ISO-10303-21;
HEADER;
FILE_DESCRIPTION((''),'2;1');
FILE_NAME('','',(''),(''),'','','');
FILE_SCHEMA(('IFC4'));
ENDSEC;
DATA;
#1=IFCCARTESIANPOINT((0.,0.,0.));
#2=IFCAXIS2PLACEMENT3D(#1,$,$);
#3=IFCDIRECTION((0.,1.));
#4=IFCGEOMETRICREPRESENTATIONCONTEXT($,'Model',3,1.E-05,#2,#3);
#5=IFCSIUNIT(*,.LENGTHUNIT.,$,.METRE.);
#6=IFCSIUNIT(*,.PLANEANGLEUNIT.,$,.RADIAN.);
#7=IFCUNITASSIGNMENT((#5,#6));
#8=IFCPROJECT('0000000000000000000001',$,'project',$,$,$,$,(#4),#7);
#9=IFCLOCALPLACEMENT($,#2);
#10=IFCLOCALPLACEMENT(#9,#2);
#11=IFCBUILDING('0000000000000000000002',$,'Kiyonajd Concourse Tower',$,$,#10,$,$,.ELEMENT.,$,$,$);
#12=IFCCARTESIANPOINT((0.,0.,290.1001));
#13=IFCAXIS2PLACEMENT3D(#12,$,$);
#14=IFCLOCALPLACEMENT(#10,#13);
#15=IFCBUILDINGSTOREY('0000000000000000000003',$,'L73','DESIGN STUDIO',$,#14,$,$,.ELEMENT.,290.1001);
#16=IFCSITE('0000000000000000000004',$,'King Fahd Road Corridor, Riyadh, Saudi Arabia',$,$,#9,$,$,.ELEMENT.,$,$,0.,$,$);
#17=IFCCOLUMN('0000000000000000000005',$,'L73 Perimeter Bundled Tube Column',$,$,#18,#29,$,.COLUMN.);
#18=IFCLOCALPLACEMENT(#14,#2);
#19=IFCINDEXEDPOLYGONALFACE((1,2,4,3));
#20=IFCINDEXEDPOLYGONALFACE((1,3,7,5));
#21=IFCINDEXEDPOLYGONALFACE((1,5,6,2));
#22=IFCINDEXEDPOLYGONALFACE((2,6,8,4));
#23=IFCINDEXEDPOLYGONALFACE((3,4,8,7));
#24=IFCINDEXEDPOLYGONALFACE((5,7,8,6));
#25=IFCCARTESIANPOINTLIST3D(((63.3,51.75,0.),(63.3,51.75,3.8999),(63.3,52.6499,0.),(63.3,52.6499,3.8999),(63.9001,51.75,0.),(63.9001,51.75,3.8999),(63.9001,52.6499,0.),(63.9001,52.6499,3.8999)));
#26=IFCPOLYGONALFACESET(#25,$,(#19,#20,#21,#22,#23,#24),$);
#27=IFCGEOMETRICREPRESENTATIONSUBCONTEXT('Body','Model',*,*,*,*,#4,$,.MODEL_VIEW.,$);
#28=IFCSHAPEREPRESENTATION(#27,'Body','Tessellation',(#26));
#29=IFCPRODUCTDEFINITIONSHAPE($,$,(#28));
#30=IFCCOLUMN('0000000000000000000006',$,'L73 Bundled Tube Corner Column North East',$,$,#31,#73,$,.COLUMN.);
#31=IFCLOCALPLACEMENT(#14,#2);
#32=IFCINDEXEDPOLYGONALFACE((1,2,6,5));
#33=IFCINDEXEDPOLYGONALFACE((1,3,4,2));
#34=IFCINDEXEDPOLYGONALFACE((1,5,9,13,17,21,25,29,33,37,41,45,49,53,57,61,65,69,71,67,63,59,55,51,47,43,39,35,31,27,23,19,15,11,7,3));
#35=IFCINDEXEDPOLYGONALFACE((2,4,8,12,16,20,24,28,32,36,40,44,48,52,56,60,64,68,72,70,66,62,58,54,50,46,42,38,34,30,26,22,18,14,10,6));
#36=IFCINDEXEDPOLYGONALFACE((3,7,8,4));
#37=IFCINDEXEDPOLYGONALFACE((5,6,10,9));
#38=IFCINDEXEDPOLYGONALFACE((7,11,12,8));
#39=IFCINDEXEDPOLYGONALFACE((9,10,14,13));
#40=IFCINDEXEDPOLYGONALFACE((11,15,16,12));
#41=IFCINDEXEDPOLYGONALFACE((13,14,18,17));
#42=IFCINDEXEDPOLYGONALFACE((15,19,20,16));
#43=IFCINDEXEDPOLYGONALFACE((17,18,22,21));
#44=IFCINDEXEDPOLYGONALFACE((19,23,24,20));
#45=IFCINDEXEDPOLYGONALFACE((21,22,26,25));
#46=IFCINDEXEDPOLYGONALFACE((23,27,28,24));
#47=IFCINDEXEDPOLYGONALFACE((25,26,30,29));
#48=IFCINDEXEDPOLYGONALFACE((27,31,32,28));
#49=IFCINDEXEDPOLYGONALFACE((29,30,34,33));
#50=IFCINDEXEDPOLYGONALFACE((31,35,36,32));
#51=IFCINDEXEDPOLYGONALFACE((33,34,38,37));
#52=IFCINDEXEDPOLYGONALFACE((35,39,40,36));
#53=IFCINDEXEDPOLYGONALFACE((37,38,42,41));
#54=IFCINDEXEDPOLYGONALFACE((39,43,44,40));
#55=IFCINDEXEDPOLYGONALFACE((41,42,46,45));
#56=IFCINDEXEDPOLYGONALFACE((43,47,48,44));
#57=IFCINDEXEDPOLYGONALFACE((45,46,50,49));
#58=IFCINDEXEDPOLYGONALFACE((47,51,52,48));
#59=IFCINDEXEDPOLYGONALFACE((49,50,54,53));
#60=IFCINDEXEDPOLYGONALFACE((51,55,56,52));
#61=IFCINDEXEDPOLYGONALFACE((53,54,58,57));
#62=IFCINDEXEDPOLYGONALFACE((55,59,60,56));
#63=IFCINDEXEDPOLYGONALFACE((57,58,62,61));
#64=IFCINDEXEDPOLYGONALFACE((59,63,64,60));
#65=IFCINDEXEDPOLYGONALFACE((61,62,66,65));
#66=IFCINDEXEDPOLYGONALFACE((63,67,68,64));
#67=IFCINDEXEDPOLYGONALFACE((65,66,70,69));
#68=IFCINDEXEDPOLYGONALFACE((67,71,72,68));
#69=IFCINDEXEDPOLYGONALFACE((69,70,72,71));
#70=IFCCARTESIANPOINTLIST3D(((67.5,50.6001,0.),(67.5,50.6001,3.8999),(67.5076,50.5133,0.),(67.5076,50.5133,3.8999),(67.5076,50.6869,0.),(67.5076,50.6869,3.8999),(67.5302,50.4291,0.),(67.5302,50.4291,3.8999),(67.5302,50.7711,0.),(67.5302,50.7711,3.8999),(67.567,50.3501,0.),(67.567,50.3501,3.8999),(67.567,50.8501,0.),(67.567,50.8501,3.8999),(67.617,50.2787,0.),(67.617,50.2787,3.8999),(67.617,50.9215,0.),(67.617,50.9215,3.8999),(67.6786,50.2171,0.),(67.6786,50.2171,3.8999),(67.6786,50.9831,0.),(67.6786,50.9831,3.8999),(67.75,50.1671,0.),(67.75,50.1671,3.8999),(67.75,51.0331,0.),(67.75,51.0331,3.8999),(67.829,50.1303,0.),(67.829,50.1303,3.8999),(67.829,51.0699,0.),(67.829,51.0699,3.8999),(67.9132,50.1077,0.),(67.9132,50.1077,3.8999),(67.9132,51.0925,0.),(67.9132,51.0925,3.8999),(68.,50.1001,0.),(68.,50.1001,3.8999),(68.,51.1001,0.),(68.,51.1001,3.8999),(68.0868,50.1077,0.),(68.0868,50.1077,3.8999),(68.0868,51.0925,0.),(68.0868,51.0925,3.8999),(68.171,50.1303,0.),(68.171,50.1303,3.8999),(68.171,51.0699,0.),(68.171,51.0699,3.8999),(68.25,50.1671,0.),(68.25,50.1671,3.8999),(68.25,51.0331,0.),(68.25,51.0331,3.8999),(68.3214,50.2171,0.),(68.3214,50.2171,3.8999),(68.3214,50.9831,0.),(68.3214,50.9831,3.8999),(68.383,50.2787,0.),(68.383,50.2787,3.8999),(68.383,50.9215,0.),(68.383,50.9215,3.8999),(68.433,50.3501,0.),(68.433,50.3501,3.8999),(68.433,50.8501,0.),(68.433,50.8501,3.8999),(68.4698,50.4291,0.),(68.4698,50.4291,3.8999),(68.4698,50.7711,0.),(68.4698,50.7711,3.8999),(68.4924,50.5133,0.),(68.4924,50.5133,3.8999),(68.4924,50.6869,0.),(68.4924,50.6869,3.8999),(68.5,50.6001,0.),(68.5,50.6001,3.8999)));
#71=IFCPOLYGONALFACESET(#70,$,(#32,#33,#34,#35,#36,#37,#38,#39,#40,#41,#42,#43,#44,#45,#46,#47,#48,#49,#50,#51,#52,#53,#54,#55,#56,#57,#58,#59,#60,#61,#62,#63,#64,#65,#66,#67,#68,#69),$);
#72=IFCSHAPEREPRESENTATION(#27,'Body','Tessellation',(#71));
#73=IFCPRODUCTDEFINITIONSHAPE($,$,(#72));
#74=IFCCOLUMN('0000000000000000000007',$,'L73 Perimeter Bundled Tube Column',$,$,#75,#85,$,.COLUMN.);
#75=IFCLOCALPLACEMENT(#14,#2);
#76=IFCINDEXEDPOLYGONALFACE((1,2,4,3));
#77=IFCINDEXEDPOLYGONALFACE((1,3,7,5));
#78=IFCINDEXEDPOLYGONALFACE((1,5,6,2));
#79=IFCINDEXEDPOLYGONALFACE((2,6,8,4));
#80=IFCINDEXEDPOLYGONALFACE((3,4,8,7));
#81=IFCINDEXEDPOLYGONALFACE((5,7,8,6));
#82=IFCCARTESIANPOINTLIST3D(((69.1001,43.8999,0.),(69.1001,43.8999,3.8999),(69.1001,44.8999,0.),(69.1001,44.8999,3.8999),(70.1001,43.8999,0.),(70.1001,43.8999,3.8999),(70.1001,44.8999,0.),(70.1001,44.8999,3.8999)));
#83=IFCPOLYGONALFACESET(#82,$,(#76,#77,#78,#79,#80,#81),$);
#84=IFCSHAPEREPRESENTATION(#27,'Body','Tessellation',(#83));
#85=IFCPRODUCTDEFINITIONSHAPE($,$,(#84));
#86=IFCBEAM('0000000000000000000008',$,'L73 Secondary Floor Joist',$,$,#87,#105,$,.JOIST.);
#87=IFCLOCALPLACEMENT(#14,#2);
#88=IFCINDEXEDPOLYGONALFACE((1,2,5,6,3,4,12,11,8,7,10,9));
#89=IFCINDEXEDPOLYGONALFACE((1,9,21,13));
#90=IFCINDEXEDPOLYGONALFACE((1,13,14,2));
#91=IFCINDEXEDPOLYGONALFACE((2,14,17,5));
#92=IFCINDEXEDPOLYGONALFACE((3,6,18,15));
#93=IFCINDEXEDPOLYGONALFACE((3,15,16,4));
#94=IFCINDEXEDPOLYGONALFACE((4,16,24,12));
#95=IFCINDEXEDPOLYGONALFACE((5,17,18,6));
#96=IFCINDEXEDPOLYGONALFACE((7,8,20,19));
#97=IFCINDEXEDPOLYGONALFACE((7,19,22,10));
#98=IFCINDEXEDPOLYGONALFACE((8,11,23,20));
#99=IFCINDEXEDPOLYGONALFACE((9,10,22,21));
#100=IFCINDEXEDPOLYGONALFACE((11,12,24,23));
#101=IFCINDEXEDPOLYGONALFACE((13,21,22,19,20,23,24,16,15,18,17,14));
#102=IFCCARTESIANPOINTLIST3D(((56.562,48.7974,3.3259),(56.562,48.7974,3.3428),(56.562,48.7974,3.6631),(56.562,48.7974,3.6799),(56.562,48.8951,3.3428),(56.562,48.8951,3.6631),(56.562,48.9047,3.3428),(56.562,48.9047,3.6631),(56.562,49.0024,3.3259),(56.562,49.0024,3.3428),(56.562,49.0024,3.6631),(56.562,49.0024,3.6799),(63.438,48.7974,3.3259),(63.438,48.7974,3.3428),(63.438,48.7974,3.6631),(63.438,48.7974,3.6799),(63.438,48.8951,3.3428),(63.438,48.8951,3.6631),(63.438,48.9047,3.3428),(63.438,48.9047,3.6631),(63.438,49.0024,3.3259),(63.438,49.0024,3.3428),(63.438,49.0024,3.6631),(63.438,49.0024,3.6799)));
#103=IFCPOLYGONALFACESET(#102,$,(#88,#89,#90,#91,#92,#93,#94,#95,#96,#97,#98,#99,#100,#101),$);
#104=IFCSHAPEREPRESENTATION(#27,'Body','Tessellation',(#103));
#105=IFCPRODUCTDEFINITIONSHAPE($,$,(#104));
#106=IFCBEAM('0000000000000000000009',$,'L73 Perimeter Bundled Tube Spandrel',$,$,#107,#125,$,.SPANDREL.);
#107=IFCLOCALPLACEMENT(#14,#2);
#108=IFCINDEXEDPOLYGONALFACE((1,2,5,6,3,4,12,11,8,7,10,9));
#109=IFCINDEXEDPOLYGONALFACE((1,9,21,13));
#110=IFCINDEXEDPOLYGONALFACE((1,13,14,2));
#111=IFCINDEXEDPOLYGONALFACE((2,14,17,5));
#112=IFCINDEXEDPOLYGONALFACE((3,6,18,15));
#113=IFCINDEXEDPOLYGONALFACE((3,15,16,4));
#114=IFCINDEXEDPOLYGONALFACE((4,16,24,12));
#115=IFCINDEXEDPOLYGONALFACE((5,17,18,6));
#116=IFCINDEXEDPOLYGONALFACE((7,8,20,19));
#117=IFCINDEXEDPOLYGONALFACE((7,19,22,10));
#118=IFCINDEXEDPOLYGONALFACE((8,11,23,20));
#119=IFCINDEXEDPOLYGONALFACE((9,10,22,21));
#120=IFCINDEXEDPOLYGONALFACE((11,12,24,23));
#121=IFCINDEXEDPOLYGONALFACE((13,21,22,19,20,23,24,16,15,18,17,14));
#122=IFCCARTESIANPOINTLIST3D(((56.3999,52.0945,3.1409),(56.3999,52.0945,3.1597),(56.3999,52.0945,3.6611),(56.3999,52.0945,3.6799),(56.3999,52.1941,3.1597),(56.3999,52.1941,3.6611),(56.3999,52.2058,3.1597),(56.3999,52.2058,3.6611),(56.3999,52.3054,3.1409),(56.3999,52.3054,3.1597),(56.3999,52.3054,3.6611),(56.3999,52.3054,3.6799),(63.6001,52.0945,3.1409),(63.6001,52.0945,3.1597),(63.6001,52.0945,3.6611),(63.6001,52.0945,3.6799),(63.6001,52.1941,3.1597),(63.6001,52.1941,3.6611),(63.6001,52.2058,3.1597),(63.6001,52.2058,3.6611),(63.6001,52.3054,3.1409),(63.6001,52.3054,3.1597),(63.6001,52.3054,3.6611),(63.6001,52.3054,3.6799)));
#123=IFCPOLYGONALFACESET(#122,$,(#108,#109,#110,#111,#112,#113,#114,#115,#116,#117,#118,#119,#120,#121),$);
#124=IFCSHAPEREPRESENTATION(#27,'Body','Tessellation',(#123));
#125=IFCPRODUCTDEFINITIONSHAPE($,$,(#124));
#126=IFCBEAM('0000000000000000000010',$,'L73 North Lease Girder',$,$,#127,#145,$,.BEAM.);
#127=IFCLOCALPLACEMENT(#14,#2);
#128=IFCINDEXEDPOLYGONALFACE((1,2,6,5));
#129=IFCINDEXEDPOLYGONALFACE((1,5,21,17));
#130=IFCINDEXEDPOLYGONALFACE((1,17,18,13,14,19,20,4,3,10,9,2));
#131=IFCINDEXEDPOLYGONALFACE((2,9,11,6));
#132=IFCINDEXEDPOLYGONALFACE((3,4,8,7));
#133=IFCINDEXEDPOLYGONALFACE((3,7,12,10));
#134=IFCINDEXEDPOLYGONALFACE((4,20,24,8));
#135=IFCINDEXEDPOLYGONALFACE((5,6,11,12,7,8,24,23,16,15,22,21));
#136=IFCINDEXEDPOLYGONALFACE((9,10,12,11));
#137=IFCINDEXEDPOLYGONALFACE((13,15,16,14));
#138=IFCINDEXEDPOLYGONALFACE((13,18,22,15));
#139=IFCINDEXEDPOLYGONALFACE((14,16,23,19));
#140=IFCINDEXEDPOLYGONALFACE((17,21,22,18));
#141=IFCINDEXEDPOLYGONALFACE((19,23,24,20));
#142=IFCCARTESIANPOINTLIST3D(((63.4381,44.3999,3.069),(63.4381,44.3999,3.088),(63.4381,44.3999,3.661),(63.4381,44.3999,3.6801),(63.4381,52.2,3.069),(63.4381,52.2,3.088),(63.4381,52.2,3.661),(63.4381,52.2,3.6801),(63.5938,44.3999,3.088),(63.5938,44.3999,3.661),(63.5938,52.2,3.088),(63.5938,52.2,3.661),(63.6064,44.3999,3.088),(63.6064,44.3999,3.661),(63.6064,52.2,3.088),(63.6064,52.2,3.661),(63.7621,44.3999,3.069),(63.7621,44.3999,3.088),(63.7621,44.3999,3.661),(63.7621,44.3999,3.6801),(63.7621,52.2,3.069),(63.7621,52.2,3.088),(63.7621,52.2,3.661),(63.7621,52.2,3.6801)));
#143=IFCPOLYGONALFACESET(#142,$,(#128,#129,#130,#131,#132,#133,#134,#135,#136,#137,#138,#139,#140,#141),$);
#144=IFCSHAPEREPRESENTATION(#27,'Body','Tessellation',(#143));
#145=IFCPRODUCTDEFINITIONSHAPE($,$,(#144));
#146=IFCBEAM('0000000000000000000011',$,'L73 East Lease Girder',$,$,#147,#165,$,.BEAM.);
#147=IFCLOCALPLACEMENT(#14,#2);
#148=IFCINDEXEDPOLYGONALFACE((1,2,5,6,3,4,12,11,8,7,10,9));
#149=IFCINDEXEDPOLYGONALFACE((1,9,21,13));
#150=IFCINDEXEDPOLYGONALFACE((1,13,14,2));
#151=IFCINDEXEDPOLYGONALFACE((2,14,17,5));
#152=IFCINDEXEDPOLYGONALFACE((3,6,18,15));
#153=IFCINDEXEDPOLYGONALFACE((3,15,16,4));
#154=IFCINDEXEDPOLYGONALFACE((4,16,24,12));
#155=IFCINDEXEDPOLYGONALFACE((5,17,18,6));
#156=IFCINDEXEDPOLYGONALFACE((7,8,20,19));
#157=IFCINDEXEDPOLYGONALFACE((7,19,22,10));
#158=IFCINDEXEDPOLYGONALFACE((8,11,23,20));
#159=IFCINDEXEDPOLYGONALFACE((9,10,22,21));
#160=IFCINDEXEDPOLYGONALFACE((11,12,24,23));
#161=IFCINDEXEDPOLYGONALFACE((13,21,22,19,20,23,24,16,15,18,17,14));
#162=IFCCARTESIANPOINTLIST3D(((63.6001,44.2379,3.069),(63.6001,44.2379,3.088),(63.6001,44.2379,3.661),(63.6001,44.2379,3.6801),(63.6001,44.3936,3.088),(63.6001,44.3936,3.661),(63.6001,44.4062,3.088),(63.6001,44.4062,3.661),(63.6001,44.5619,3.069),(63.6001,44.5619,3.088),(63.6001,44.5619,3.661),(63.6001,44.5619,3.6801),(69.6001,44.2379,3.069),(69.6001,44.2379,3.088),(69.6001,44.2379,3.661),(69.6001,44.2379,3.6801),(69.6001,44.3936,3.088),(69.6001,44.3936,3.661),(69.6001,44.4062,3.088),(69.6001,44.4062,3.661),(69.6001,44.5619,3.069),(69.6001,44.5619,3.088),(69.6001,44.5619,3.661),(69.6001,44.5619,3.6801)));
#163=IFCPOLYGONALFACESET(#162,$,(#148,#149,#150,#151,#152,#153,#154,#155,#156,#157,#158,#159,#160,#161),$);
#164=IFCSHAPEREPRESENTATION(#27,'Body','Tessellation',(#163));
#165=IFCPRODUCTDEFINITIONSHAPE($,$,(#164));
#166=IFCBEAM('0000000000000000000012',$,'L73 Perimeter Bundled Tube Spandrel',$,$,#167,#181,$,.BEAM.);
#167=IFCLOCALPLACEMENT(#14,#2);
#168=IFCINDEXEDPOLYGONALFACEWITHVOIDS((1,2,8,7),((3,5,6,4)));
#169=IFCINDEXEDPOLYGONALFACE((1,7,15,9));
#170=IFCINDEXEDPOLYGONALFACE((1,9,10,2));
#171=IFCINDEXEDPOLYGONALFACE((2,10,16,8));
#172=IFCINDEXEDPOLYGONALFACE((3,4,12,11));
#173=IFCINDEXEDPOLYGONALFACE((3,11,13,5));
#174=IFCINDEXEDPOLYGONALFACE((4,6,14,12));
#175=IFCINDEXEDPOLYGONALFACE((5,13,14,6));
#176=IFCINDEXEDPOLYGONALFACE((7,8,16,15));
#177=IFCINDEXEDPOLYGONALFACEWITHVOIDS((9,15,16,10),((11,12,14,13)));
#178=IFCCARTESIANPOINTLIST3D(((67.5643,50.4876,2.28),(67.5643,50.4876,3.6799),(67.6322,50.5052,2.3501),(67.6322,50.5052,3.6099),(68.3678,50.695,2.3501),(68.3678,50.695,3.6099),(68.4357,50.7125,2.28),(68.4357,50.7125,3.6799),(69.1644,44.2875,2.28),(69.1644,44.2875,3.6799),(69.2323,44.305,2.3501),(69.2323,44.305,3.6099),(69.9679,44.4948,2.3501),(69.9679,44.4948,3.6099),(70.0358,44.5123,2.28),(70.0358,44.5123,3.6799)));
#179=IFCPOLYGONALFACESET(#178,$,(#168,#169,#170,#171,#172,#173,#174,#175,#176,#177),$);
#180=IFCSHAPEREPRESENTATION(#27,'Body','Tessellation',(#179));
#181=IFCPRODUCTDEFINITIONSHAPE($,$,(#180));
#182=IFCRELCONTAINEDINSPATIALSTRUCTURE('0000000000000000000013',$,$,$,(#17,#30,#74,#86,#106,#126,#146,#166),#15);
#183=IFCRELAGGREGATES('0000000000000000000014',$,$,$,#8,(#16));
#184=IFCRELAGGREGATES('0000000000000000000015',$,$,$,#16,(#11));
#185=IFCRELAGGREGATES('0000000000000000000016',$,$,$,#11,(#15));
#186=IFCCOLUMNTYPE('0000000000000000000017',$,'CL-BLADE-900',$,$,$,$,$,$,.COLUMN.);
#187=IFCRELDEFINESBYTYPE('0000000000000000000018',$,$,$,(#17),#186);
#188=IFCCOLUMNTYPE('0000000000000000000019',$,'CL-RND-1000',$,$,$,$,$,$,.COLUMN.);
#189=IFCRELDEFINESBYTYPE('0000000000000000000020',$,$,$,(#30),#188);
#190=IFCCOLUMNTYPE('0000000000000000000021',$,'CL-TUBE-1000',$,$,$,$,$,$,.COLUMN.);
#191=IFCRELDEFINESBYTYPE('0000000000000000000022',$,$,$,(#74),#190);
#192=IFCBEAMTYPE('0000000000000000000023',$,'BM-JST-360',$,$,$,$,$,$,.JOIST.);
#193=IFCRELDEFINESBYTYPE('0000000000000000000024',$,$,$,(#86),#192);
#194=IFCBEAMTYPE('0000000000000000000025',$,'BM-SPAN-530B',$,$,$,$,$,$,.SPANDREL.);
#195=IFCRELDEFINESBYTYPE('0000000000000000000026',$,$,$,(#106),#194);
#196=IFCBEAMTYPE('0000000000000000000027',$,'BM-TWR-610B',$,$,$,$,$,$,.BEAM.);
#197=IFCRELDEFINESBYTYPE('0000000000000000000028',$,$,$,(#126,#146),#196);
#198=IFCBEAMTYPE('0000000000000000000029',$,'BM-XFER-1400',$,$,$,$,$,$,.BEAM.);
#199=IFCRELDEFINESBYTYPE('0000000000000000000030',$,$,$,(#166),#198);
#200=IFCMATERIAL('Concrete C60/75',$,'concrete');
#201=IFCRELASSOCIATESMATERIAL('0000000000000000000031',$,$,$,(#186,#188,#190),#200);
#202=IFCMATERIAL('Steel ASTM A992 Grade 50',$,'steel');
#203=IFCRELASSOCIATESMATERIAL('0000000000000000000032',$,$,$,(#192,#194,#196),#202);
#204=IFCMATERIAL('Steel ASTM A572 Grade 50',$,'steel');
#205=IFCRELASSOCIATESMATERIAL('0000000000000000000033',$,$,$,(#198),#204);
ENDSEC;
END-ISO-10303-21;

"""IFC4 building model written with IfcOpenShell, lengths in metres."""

from ifc_helpers import new_model, si_unit, direction, frame, origin, origin_2d, place, context, subcontext, project, spatial, rectangle, hollow_rectangle, circle, i_section, extrude, material, material_profile, profile_set, type_object, element, save


model = new_model("IFC4")

# Units and contexts
model_context = context("Model", 3, precision=1e-05, world=origin(), true_north=direction((0.0, 1.0)))
body_context = subcontext(model_context, "Body", "Model", "MODEL_VIEW")
ifc_project = project(units=[si_unit("LENGTHUNIT", "METRE"), si_unit("PLANEANGLEUNIT", "RADIAN")], contexts=[model_context])

# Site, building, storey
site_placement = place(None, origin())
site = spatial("IfcSite", under=ifc_project, at=site_placement, Name="King Fahd Road Corridor, Riyadh, Saudi Arabia", CompositionType="ELEMENT", RefElevation=0.0)
building_placement = place(site_placement, origin())
building = spatial("IfcBuilding", under=site, at=building_placement, Name="Kiyonajd Concourse Tower", CompositionType="ELEMENT")
storey_placement = place(building_placement, frame((0.0, 0.0, 290.1001)))
storey = spatial("IfcBuildingStorey", under=building, at=storey_placement, Name="L73", Description="DESIGN STUDIO", CompositionType="ELEMENT", Elevation=290.1001)

# Columns
ifc_material_1 = material(Name="Concrete C60/75", Category="concrete")
ifc_material_profile_1 = material_profile(ifc_material_1, rectangle(XDim=0.6001, YDim=0.8999, at=origin_2d()), Name="RC-900x600")
ifc_profile_set_1 = profile_set([ifc_material_profile_1], Name="Concrete C60/75")
column_type_1 = type_object("IfcColumnType", Name="CL-BLADE-900", PredefinedType="COLUMN", material=ifc_profile_set_1)
column_1_placement = place(storey_placement, frame((63.6001, 52.2, 0.0), z_axis=(0.0, 0.0, 1.0), x_axis=(1.0, 0.0, 0.0)))
element("IfcColumn", 1, at=column_1_placement, inside=storey, type_object=column_type_1, Name="L73 Perimeter Bundled Tube Column", PredefinedType="COLUMN", context=body_context, shape_type="SweptSolid", body=[
    extrude(rectangle(XDim=0.6001, YDim=0.8999, at=origin_2d()), origin(), (0.0, 0.0, 1.0), 3.8999),
])
ifc_material_profile_2 = material_profile(ifc_material_1, circle(Radius=0.5, at=origin_2d()), Name="RCC-D1000")
ifc_profile_set_2 = profile_set([ifc_material_profile_2], Name="Concrete C60/75")
column_type_2 = type_object("IfcColumnType", Name="CL-RND-1000", PredefinedType="COLUMN", material=ifc_profile_set_2)
column_2_placement = place(storey_placement, frame((68.0, 50.6001, 0.0), z_axis=(0.0, 0.0, 1.0), x_axis=(1.0, 0.0, 0.0)))
element("IfcColumn", 2, at=column_2_placement, inside=storey, type_object=column_type_2, Name="L73 Bundled Tube Corner Column North East", PredefinedType="COLUMN", context=body_context, shape_type="SweptSolid", body=[
    extrude(circle(Radius=0.5, at=origin_2d()), origin(), (0.0, 0.0, 1.0), 3.8999),
])
ifc_material_profile_3 = material_profile(ifc_material_1, rectangle(XDim=1.0, YDim=1.0, at=origin_2d()), Name="RC-1000x1000")
ifc_profile_set_3 = profile_set([ifc_material_profile_3], Name="Concrete C60/75")
column_type_3 = type_object("IfcColumnType", Name="CL-TUBE-1000", PredefinedType="COLUMN", material=ifc_profile_set_3)
column_3_placement = place(storey_placement, frame((69.6001, 44.3999, 0.0), z_axis=(0.0, 0.0, 1.0), x_axis=(1.0, 0.0, 0.0)))
element("IfcColumn", 3, at=column_3_placement, inside=storey, type_object=column_type_3, Name="L73 Perimeter Bundled Tube Column", PredefinedType="COLUMN", context=body_context, shape_type="SweptSolid", body=[
    extrude(rectangle(XDim=1.0, YDim=1.0, at=origin_2d()), origin(), (0.0, 0.0, 1.0), 3.8999),
])

# Beams
ifc_material_2 = material(Name="Steel ASTM A992 Grade 50", Category="steel")
ifc_material_profile_4 = material_profile(ifc_material_2, i_section(OverallWidth=0.2051, OverallDepth=0.354, WebThickness=0.0095, FlangeThickness=0.0168, at=origin_2d()), Name="W360X79")
ifc_profile_set_4 = profile_set([ifc_material_profile_4], Name="Steel ASTM A992 Grade 50")
beam_type_1 = type_object("IfcBeamType", Name="BM-JST-360", PredefinedType="JOIST", material=ifc_profile_set_4)
beam_1_placement = place(storey_placement, frame((56.562, 48.8999, 3.5029), z_axis=(1.0, 0.0, 0.0), x_axis=(0.0, 1.0, 0.0)))
element("IfcBeam", 4, at=beam_1_placement, inside=storey, type_object=beam_type_1, Name="L73 Secondary Floor Joist", PredefinedType="JOIST", context=body_context, shape_type="SweptSolid", body=[
    extrude(i_section(OverallWidth=0.2051, OverallDepth=0.354, WebThickness=0.0095, FlangeThickness=0.0168, at=origin_2d()), origin(), (0.0, 0.0, 1.0), 6.876),
])
ifc_material_profile_5 = material_profile(ifc_material_2, i_section(OverallWidth=0.2109, OverallDepth=0.5391, WebThickness=0.0117, FlangeThickness=0.0188, at=origin_2d()), Name="W530X109")
ifc_profile_set_5 = profile_set([ifc_material_profile_5], Name="Steel ASTM A992 Grade 50")
beam_type_2 = type_object("IfcBeamType", Name="BM-SPAN-530B", PredefinedType="SPANDREL", material=ifc_profile_set_5)
beam_2_placement = place(storey_placement, frame((63.6001, 52.2, 3.4104), z_axis=(-1.0, 0.0, 0.0), x_axis=(0.0, -1.0, 0.0)))
element("IfcBeam", 5, at=beam_2_placement, inside=storey, type_object=beam_type_2, Name="L73 Perimeter Bundled Tube Spandrel", PredefinedType="SPANDREL", context=body_context, shape_type="SweptSolid", body=[
    extrude(i_section(OverallWidth=0.2109, OverallDepth=0.5391, WebThickness=0.0117, FlangeThickness=0.0188, at=origin_2d()), origin(), (0.0, 0.0, 1.0), 7.2002),
])
ifc_material_profile_6 = material_profile(ifc_material_2, i_section(OverallWidth=0.324, OverallDepth=0.6111, WebThickness=0.0127, FlangeThickness=0.019, at=origin_2d()), Name="W610X155")
ifc_profile_set_6 = profile_set([ifc_material_profile_6], Name="Steel ASTM A992 Grade 50")
beam_type_3 = type_object("IfcBeamType", Name="BM-TWR-610B", PredefinedType="BEAM", material=ifc_profile_set_6)
beam_3_placement = place(storey_placement, frame((63.6001, 44.3999, 3.3745), z_axis=(0.0, 1.0, 0.0), x_axis=(-1.0, 0.0, 0.0)))
element("IfcBeam", 6, at=beam_3_placement, inside=storey, type_object=beam_type_3, Name="L73 North Lease Girder", PredefinedType="BEAM", context=body_context, shape_type="SweptSolid", body=[
    extrude(i_section(OverallWidth=0.324, OverallDepth=0.6111, WebThickness=0.0127, FlangeThickness=0.019, at=origin_2d()), origin(), (0.0, 0.0, 1.0), 7.8),
])
beam_4_placement = place(storey_placement, frame((63.6001, 44.3999, 3.3745), z_axis=(1.0, 0.0, 0.0), x_axis=(0.0, 1.0, 0.0)))
element("IfcBeam", 7, at=beam_4_placement, inside=storey, type_object=beam_type_3, Name="L73 East Lease Girder", PredefinedType="BEAM", context=body_context, shape_type="SweptSolid", body=[
    extrude(i_section(OverallWidth=0.324, OverallDepth=0.6111, WebThickness=0.0127, FlangeThickness=0.019, at=origin_2d()), origin(), (0.0, 0.0, 1.0), 6.0),
])
ifc_material_3 = material(Name="Steel ASTM A572 Grade 50", Category="steel")
ifc_material_profile_7 = material_profile(ifc_material_3, hollow_rectangle(XDim=0.8999, YDim=1.3999, WallThickness=0.0701, at=origin_2d()), Name="BOX-1400x900x70")
ifc_profile_set_7 = profile_set([ifc_material_profile_7], Name="Steel ASTM A572 Grade 50")
beam_type_4 = type_object("IfcBeamType", Name="BM-XFER-1400", PredefinedType="BEAM", material=ifc_profile_set_7)
beam_5_placement = place(storey_placement, frame((69.6001, 44.3999, 2.98), z_axis=(-0.249885, 0.968276, 0.0), x_axis=(-0.968276, -0.249885, 0.0)))
element("IfcBeam", 8, at=beam_5_placement, inside=storey, type_object=beam_type_4, Name="L73 Perimeter Bundled Tube Spandrel", PredefinedType="BEAM", context=body_context, shape_type="SweptSolid", body=[
    extrude(hollow_rectangle(XDim=0.8999, YDim=1.3999, WallThickness=0.0701, at=origin_2d()), origin(), (0.0, 0.0, 1.0), 6.4033),
])

save(model, "model.ifc")
